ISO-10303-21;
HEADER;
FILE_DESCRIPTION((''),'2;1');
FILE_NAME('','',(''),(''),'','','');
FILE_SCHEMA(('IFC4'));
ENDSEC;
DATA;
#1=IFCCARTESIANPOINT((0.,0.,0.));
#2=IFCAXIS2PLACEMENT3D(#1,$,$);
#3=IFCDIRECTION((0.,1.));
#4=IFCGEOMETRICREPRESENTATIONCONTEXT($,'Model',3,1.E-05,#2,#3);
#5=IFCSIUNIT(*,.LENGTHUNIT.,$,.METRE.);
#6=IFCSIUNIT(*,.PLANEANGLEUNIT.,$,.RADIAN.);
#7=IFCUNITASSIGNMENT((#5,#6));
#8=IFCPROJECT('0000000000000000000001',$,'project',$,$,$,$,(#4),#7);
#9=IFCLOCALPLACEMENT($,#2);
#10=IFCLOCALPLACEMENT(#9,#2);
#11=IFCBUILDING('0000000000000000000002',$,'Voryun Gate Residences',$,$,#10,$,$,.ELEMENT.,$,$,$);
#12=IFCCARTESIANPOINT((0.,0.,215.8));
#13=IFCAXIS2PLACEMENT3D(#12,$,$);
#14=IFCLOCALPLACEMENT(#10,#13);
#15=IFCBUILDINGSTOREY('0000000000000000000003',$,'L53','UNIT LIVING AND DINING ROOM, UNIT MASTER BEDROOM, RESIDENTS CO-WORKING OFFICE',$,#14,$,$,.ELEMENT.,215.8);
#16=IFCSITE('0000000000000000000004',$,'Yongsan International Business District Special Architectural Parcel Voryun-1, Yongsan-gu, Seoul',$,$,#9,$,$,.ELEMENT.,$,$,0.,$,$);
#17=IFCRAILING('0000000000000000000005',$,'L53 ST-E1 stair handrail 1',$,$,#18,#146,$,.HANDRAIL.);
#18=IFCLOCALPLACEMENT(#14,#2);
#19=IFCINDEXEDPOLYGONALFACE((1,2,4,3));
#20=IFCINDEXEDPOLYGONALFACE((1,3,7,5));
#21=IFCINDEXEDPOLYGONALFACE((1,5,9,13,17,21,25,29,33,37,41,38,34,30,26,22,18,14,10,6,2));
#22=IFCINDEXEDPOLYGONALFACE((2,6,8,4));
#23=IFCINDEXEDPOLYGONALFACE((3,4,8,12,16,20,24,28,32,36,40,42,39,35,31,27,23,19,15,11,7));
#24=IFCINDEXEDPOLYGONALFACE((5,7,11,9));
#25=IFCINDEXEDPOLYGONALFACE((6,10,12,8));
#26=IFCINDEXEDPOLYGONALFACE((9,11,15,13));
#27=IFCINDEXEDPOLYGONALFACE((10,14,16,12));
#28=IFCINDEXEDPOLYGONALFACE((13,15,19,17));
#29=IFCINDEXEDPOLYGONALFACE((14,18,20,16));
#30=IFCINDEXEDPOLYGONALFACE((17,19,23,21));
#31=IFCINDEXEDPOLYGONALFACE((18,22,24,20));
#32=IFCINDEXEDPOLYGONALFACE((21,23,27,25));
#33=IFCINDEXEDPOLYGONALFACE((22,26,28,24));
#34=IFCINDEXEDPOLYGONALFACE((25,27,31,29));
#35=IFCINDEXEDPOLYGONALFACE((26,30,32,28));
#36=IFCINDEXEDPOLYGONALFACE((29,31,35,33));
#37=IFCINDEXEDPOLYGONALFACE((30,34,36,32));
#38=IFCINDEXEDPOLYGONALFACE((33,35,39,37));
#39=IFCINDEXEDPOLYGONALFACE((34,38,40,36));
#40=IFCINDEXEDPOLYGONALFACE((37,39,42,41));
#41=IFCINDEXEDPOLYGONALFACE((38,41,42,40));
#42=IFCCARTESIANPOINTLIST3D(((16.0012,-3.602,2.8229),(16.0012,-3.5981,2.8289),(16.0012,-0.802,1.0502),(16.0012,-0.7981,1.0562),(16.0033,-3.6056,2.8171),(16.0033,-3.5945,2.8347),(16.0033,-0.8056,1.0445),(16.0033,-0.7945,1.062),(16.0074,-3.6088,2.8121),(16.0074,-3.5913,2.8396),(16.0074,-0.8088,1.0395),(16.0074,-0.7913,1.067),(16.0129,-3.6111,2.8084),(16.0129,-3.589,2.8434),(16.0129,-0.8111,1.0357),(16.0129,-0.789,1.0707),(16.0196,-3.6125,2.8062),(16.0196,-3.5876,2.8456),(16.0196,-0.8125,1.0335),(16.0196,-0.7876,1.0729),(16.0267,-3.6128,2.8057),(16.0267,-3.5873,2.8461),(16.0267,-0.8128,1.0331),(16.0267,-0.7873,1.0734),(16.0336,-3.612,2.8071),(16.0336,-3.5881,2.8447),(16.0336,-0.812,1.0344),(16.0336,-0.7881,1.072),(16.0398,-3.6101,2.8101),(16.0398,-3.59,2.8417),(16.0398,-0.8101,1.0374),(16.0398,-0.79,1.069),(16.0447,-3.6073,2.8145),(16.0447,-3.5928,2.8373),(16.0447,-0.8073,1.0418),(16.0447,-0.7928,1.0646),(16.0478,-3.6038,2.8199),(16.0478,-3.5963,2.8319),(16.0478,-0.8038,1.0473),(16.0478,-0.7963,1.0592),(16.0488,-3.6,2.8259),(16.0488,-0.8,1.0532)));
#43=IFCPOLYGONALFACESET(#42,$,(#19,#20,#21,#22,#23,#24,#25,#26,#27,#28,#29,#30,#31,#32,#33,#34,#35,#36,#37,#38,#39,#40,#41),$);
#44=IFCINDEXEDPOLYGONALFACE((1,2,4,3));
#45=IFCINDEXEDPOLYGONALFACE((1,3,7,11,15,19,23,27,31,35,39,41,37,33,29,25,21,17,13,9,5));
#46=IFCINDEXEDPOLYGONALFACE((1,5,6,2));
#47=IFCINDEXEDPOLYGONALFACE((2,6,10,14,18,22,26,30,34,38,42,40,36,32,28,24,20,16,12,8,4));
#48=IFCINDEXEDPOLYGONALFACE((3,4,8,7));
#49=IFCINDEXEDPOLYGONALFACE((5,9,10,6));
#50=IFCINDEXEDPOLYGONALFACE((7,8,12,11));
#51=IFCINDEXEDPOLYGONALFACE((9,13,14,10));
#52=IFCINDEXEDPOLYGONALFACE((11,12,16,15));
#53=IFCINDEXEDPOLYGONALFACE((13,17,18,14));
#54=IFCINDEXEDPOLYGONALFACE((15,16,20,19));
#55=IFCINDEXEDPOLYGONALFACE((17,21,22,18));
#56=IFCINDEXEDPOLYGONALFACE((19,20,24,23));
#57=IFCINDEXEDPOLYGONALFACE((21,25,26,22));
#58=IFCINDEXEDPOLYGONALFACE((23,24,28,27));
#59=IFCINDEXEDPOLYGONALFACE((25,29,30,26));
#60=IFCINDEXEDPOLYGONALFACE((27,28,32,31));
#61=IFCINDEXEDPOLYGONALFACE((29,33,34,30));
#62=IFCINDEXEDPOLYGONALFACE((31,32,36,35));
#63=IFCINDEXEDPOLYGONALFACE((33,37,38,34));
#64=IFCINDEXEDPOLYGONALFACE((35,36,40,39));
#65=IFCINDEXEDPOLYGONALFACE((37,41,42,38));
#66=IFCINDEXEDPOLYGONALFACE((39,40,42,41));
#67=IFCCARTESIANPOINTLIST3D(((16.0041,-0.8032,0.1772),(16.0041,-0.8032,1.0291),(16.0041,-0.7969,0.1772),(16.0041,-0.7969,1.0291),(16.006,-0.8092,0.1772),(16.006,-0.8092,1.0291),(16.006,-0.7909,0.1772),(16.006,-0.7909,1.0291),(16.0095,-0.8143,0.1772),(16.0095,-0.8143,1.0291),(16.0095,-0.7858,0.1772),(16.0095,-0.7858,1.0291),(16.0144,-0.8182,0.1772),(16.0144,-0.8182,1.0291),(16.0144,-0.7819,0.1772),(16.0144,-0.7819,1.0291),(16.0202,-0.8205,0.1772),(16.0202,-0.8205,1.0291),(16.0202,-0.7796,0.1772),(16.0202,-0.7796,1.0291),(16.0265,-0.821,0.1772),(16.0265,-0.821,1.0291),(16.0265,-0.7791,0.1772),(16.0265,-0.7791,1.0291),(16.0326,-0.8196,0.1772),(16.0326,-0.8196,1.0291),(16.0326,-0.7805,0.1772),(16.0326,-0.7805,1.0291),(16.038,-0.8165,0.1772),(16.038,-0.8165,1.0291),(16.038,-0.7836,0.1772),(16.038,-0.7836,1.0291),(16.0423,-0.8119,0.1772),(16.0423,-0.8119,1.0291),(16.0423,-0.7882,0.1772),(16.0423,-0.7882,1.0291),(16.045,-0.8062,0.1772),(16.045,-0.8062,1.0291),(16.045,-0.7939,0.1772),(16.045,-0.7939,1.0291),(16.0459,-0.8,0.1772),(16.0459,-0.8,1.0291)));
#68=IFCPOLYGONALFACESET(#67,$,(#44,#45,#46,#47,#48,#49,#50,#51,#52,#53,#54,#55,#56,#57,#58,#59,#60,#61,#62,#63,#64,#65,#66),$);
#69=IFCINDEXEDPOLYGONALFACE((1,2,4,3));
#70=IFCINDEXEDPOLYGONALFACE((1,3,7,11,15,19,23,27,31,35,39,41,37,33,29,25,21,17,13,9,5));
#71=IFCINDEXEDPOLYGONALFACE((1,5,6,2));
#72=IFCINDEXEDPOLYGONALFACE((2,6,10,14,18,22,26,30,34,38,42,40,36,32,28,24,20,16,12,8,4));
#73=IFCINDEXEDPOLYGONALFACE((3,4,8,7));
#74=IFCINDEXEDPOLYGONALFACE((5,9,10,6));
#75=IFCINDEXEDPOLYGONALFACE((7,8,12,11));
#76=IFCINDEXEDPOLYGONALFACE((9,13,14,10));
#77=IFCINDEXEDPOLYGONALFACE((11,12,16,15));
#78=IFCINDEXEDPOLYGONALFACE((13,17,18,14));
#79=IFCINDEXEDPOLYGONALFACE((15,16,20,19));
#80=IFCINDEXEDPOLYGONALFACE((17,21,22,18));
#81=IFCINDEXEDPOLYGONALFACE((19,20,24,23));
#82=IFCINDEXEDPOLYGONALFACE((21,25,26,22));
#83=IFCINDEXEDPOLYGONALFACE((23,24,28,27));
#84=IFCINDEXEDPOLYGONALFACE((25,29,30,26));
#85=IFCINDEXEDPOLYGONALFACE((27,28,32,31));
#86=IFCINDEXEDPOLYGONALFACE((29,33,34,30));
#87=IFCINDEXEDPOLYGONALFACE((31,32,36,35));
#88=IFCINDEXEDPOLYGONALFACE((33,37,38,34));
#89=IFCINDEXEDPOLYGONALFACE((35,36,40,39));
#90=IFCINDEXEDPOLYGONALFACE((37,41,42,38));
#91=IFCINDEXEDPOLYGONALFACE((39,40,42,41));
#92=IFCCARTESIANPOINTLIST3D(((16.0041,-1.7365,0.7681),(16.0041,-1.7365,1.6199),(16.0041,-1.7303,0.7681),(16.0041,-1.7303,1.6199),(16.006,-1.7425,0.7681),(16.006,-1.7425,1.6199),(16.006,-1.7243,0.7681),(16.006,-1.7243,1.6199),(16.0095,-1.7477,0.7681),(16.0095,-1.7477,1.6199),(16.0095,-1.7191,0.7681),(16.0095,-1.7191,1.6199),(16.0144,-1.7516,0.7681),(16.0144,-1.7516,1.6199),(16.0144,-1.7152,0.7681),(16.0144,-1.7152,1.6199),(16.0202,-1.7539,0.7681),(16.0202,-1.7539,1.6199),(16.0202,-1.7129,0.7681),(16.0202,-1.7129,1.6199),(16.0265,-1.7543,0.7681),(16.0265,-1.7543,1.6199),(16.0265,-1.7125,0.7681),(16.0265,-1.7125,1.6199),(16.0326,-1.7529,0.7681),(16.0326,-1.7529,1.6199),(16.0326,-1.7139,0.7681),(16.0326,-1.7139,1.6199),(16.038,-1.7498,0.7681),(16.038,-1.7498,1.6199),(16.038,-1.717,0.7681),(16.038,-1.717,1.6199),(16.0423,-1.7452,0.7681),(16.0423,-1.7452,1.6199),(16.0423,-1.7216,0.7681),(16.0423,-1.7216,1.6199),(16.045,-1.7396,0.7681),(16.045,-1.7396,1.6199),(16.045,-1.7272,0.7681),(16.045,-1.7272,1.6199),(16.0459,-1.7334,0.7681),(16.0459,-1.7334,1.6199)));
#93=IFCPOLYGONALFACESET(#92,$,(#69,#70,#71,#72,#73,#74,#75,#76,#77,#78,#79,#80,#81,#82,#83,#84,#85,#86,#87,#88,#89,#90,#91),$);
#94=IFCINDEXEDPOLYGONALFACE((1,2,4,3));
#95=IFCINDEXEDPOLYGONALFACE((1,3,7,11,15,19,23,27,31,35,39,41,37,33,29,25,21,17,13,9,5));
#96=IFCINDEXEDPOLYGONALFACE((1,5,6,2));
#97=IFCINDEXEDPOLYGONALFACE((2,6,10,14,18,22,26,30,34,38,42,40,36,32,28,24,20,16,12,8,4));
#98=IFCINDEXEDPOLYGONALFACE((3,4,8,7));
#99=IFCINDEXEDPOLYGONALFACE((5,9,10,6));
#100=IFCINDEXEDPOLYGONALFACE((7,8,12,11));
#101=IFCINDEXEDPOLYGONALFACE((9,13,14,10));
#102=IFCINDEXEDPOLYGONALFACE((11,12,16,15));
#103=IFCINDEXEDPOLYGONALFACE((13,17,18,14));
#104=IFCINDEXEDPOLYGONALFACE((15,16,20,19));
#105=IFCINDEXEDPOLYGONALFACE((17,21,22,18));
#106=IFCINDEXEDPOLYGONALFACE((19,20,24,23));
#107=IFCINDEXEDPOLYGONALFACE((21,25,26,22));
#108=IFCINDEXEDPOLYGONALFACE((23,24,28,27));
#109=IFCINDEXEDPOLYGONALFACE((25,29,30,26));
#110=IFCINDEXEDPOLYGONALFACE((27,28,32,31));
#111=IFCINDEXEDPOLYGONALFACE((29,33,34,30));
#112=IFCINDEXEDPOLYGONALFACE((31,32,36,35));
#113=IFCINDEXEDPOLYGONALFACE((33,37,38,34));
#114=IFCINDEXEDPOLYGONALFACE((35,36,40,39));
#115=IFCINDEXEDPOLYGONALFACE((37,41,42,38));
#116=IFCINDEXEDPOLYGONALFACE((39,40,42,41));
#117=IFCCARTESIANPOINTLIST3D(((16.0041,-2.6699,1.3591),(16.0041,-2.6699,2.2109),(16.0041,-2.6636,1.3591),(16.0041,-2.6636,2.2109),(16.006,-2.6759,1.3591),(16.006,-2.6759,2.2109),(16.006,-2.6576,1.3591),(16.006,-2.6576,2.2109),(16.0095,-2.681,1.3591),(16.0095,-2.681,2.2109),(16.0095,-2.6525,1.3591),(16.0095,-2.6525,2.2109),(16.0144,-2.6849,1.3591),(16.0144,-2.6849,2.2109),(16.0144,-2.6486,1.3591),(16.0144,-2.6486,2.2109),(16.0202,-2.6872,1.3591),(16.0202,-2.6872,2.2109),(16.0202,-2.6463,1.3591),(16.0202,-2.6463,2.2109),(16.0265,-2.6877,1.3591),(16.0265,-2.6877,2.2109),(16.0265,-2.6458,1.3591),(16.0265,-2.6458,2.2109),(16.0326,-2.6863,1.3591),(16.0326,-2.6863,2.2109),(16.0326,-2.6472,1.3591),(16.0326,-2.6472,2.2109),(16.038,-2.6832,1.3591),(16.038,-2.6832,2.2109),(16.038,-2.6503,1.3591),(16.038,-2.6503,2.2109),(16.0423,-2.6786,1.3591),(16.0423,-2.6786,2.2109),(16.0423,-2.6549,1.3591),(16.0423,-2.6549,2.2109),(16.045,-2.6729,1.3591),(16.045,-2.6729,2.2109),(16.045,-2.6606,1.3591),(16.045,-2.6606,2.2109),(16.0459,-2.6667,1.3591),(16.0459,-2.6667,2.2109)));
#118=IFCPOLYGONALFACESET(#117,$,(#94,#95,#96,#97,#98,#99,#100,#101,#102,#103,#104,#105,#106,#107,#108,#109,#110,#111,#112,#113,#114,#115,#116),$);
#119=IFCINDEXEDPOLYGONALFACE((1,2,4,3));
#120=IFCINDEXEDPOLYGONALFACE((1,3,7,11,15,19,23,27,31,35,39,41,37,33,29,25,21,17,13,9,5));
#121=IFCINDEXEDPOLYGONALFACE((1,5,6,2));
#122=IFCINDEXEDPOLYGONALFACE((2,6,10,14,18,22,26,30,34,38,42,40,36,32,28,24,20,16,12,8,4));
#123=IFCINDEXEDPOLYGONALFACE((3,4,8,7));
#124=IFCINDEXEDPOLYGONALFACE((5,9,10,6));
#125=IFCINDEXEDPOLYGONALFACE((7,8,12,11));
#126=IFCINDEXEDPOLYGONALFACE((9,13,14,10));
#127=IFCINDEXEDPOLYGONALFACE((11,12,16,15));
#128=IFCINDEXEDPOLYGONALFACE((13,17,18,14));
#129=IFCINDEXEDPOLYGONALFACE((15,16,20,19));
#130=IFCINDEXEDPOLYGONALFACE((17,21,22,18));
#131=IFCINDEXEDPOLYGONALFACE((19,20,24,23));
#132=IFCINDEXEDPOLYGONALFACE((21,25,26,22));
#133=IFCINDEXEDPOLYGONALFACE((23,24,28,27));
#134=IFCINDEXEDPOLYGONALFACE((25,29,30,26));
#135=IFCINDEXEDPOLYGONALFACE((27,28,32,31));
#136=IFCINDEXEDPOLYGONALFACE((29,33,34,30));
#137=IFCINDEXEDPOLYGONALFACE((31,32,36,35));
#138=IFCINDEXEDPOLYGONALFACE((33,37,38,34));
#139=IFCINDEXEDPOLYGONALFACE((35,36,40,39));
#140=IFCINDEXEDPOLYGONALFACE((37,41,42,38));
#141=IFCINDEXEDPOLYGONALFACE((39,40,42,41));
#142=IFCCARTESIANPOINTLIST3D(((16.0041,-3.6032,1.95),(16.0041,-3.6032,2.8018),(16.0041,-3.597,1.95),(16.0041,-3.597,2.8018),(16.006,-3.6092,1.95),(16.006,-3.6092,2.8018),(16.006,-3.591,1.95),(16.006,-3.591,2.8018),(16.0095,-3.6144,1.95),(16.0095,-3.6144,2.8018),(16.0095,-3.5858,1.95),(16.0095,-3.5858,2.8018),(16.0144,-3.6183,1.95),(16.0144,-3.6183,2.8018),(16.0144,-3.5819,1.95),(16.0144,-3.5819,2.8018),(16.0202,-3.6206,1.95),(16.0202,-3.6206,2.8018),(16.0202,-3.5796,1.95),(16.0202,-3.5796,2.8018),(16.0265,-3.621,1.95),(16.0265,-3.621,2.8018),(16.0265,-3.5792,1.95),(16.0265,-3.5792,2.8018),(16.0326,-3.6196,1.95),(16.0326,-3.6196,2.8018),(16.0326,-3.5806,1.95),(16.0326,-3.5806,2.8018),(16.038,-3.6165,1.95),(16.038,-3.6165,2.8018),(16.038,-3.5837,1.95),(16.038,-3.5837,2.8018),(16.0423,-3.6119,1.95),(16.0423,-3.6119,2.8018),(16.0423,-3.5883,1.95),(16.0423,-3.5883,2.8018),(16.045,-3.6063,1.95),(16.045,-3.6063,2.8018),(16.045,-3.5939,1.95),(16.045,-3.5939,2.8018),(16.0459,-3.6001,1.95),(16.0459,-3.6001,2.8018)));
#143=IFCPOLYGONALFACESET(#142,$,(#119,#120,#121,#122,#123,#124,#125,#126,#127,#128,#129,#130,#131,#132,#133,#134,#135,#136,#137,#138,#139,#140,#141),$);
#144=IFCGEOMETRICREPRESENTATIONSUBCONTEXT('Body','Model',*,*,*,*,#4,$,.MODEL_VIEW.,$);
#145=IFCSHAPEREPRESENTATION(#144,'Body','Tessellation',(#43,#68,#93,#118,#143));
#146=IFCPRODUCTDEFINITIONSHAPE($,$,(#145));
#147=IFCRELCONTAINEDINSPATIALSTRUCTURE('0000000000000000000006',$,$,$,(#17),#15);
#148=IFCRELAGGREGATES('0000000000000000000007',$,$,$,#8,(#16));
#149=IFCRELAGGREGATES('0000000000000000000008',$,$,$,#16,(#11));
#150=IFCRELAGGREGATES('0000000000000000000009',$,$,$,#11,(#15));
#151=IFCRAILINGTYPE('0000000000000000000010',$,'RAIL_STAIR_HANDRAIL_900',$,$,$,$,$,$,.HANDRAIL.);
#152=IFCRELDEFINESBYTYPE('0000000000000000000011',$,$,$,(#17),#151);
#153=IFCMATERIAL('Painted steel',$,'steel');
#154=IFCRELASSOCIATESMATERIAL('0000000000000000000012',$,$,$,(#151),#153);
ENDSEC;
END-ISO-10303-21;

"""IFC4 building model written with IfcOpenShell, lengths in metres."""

from ifc_helpers import new_model, si_unit, direction, frame, origin, origin_2d, place, context, subcontext, project, spatial, circle, extrude, material, type_object, element, save


model = new_model("IFC4")

# Units and contexts
model_context = context("Model", 3, precision=1e-05, world=origin(), true_north=direction((0.0, 1.0)))
body_context = subcontext(model_context, "Body", "Model", "MODEL_VIEW")
ifc_project = project(units=[si_unit("LENGTHUNIT", "METRE"), si_unit("PLANEANGLEUNIT", "RADIAN")], contexts=[model_context])

# Site, building, storey
site_placement = place(None, origin())
site = spatial("IfcSite", under=ifc_project, at=site_placement, Name="Yongsan International Business District Special Architectural Parcel Voryun-1, Yongsan-gu, Seoul", CompositionType="ELEMENT", RefElevation=0.0)
building_placement = place(site_placement, origin())
building = spatial("IfcBuilding", under=site, at=building_placement, Name="Voryun Gate Residences", CompositionType="ELEMENT")
storey_placement = place(building_placement, frame((0.0, 0.0, 215.8)))
storey = spatial("IfcBuildingStorey", under=building, at=storey_placement, Name="L53", Description="UNIT LIVING AND DINING ROOM, UNIT MASTER BEDROOM, RESIDENTS CO-WORKING OFFICE", CompositionType="ELEMENT", Elevation=215.8)

# Railing
ifc_material_1 = material(Name="Painted steel", Category="steel")
railing_type_1 = type_object("IfcRailingType", Name="RAIL_STAIR_HANDRAIL_900", PredefinedType="HANDRAIL", material=ifc_material_1)
railing_1_placement = place(storey_placement, frame((16.0249, -0.8, 0.1772)))
element("IfcRailing", 1, at=railing_1_placement, inside=storey, type_object=railing_type_1, Name="L53 ST-E1 stair handrail 1", PredefinedType="HANDRAIL", context=body_context, shape_type="SweptSolid", body=[
    extrude(circle(Radius=0.0239, at=origin_2d()), frame((0.0, 0.0, 0.876), z_axis=(0.0, -0.844909, 0.53491), x_axis=(1.0, 0.0, 0.0)), (0.0, 0.0, 1.0), 3.314),
    extrude(circle(Radius=0.021, at=origin_2d()), origin(), (0.0, 0.0, 1.0), 0.8518),
    extrude(circle(Radius=0.021, at=origin_2d()), frame((0.0, -0.9333, 0.5908)), (0.0, 0.0, 1.0), 0.8518),
    extrude(circle(Radius=0.021, at=origin_2d()), frame((0.0, -1.8667, 1.1819)), (0.0, 0.0, 1.0), 0.8518),
    extrude(circle(Radius=0.021, at=origin_2d()), frame((0.0, -2.8, 1.7727)), (0.0, 0.0, 1.0), 0.8518),
])

save(model, "model.ifc")
